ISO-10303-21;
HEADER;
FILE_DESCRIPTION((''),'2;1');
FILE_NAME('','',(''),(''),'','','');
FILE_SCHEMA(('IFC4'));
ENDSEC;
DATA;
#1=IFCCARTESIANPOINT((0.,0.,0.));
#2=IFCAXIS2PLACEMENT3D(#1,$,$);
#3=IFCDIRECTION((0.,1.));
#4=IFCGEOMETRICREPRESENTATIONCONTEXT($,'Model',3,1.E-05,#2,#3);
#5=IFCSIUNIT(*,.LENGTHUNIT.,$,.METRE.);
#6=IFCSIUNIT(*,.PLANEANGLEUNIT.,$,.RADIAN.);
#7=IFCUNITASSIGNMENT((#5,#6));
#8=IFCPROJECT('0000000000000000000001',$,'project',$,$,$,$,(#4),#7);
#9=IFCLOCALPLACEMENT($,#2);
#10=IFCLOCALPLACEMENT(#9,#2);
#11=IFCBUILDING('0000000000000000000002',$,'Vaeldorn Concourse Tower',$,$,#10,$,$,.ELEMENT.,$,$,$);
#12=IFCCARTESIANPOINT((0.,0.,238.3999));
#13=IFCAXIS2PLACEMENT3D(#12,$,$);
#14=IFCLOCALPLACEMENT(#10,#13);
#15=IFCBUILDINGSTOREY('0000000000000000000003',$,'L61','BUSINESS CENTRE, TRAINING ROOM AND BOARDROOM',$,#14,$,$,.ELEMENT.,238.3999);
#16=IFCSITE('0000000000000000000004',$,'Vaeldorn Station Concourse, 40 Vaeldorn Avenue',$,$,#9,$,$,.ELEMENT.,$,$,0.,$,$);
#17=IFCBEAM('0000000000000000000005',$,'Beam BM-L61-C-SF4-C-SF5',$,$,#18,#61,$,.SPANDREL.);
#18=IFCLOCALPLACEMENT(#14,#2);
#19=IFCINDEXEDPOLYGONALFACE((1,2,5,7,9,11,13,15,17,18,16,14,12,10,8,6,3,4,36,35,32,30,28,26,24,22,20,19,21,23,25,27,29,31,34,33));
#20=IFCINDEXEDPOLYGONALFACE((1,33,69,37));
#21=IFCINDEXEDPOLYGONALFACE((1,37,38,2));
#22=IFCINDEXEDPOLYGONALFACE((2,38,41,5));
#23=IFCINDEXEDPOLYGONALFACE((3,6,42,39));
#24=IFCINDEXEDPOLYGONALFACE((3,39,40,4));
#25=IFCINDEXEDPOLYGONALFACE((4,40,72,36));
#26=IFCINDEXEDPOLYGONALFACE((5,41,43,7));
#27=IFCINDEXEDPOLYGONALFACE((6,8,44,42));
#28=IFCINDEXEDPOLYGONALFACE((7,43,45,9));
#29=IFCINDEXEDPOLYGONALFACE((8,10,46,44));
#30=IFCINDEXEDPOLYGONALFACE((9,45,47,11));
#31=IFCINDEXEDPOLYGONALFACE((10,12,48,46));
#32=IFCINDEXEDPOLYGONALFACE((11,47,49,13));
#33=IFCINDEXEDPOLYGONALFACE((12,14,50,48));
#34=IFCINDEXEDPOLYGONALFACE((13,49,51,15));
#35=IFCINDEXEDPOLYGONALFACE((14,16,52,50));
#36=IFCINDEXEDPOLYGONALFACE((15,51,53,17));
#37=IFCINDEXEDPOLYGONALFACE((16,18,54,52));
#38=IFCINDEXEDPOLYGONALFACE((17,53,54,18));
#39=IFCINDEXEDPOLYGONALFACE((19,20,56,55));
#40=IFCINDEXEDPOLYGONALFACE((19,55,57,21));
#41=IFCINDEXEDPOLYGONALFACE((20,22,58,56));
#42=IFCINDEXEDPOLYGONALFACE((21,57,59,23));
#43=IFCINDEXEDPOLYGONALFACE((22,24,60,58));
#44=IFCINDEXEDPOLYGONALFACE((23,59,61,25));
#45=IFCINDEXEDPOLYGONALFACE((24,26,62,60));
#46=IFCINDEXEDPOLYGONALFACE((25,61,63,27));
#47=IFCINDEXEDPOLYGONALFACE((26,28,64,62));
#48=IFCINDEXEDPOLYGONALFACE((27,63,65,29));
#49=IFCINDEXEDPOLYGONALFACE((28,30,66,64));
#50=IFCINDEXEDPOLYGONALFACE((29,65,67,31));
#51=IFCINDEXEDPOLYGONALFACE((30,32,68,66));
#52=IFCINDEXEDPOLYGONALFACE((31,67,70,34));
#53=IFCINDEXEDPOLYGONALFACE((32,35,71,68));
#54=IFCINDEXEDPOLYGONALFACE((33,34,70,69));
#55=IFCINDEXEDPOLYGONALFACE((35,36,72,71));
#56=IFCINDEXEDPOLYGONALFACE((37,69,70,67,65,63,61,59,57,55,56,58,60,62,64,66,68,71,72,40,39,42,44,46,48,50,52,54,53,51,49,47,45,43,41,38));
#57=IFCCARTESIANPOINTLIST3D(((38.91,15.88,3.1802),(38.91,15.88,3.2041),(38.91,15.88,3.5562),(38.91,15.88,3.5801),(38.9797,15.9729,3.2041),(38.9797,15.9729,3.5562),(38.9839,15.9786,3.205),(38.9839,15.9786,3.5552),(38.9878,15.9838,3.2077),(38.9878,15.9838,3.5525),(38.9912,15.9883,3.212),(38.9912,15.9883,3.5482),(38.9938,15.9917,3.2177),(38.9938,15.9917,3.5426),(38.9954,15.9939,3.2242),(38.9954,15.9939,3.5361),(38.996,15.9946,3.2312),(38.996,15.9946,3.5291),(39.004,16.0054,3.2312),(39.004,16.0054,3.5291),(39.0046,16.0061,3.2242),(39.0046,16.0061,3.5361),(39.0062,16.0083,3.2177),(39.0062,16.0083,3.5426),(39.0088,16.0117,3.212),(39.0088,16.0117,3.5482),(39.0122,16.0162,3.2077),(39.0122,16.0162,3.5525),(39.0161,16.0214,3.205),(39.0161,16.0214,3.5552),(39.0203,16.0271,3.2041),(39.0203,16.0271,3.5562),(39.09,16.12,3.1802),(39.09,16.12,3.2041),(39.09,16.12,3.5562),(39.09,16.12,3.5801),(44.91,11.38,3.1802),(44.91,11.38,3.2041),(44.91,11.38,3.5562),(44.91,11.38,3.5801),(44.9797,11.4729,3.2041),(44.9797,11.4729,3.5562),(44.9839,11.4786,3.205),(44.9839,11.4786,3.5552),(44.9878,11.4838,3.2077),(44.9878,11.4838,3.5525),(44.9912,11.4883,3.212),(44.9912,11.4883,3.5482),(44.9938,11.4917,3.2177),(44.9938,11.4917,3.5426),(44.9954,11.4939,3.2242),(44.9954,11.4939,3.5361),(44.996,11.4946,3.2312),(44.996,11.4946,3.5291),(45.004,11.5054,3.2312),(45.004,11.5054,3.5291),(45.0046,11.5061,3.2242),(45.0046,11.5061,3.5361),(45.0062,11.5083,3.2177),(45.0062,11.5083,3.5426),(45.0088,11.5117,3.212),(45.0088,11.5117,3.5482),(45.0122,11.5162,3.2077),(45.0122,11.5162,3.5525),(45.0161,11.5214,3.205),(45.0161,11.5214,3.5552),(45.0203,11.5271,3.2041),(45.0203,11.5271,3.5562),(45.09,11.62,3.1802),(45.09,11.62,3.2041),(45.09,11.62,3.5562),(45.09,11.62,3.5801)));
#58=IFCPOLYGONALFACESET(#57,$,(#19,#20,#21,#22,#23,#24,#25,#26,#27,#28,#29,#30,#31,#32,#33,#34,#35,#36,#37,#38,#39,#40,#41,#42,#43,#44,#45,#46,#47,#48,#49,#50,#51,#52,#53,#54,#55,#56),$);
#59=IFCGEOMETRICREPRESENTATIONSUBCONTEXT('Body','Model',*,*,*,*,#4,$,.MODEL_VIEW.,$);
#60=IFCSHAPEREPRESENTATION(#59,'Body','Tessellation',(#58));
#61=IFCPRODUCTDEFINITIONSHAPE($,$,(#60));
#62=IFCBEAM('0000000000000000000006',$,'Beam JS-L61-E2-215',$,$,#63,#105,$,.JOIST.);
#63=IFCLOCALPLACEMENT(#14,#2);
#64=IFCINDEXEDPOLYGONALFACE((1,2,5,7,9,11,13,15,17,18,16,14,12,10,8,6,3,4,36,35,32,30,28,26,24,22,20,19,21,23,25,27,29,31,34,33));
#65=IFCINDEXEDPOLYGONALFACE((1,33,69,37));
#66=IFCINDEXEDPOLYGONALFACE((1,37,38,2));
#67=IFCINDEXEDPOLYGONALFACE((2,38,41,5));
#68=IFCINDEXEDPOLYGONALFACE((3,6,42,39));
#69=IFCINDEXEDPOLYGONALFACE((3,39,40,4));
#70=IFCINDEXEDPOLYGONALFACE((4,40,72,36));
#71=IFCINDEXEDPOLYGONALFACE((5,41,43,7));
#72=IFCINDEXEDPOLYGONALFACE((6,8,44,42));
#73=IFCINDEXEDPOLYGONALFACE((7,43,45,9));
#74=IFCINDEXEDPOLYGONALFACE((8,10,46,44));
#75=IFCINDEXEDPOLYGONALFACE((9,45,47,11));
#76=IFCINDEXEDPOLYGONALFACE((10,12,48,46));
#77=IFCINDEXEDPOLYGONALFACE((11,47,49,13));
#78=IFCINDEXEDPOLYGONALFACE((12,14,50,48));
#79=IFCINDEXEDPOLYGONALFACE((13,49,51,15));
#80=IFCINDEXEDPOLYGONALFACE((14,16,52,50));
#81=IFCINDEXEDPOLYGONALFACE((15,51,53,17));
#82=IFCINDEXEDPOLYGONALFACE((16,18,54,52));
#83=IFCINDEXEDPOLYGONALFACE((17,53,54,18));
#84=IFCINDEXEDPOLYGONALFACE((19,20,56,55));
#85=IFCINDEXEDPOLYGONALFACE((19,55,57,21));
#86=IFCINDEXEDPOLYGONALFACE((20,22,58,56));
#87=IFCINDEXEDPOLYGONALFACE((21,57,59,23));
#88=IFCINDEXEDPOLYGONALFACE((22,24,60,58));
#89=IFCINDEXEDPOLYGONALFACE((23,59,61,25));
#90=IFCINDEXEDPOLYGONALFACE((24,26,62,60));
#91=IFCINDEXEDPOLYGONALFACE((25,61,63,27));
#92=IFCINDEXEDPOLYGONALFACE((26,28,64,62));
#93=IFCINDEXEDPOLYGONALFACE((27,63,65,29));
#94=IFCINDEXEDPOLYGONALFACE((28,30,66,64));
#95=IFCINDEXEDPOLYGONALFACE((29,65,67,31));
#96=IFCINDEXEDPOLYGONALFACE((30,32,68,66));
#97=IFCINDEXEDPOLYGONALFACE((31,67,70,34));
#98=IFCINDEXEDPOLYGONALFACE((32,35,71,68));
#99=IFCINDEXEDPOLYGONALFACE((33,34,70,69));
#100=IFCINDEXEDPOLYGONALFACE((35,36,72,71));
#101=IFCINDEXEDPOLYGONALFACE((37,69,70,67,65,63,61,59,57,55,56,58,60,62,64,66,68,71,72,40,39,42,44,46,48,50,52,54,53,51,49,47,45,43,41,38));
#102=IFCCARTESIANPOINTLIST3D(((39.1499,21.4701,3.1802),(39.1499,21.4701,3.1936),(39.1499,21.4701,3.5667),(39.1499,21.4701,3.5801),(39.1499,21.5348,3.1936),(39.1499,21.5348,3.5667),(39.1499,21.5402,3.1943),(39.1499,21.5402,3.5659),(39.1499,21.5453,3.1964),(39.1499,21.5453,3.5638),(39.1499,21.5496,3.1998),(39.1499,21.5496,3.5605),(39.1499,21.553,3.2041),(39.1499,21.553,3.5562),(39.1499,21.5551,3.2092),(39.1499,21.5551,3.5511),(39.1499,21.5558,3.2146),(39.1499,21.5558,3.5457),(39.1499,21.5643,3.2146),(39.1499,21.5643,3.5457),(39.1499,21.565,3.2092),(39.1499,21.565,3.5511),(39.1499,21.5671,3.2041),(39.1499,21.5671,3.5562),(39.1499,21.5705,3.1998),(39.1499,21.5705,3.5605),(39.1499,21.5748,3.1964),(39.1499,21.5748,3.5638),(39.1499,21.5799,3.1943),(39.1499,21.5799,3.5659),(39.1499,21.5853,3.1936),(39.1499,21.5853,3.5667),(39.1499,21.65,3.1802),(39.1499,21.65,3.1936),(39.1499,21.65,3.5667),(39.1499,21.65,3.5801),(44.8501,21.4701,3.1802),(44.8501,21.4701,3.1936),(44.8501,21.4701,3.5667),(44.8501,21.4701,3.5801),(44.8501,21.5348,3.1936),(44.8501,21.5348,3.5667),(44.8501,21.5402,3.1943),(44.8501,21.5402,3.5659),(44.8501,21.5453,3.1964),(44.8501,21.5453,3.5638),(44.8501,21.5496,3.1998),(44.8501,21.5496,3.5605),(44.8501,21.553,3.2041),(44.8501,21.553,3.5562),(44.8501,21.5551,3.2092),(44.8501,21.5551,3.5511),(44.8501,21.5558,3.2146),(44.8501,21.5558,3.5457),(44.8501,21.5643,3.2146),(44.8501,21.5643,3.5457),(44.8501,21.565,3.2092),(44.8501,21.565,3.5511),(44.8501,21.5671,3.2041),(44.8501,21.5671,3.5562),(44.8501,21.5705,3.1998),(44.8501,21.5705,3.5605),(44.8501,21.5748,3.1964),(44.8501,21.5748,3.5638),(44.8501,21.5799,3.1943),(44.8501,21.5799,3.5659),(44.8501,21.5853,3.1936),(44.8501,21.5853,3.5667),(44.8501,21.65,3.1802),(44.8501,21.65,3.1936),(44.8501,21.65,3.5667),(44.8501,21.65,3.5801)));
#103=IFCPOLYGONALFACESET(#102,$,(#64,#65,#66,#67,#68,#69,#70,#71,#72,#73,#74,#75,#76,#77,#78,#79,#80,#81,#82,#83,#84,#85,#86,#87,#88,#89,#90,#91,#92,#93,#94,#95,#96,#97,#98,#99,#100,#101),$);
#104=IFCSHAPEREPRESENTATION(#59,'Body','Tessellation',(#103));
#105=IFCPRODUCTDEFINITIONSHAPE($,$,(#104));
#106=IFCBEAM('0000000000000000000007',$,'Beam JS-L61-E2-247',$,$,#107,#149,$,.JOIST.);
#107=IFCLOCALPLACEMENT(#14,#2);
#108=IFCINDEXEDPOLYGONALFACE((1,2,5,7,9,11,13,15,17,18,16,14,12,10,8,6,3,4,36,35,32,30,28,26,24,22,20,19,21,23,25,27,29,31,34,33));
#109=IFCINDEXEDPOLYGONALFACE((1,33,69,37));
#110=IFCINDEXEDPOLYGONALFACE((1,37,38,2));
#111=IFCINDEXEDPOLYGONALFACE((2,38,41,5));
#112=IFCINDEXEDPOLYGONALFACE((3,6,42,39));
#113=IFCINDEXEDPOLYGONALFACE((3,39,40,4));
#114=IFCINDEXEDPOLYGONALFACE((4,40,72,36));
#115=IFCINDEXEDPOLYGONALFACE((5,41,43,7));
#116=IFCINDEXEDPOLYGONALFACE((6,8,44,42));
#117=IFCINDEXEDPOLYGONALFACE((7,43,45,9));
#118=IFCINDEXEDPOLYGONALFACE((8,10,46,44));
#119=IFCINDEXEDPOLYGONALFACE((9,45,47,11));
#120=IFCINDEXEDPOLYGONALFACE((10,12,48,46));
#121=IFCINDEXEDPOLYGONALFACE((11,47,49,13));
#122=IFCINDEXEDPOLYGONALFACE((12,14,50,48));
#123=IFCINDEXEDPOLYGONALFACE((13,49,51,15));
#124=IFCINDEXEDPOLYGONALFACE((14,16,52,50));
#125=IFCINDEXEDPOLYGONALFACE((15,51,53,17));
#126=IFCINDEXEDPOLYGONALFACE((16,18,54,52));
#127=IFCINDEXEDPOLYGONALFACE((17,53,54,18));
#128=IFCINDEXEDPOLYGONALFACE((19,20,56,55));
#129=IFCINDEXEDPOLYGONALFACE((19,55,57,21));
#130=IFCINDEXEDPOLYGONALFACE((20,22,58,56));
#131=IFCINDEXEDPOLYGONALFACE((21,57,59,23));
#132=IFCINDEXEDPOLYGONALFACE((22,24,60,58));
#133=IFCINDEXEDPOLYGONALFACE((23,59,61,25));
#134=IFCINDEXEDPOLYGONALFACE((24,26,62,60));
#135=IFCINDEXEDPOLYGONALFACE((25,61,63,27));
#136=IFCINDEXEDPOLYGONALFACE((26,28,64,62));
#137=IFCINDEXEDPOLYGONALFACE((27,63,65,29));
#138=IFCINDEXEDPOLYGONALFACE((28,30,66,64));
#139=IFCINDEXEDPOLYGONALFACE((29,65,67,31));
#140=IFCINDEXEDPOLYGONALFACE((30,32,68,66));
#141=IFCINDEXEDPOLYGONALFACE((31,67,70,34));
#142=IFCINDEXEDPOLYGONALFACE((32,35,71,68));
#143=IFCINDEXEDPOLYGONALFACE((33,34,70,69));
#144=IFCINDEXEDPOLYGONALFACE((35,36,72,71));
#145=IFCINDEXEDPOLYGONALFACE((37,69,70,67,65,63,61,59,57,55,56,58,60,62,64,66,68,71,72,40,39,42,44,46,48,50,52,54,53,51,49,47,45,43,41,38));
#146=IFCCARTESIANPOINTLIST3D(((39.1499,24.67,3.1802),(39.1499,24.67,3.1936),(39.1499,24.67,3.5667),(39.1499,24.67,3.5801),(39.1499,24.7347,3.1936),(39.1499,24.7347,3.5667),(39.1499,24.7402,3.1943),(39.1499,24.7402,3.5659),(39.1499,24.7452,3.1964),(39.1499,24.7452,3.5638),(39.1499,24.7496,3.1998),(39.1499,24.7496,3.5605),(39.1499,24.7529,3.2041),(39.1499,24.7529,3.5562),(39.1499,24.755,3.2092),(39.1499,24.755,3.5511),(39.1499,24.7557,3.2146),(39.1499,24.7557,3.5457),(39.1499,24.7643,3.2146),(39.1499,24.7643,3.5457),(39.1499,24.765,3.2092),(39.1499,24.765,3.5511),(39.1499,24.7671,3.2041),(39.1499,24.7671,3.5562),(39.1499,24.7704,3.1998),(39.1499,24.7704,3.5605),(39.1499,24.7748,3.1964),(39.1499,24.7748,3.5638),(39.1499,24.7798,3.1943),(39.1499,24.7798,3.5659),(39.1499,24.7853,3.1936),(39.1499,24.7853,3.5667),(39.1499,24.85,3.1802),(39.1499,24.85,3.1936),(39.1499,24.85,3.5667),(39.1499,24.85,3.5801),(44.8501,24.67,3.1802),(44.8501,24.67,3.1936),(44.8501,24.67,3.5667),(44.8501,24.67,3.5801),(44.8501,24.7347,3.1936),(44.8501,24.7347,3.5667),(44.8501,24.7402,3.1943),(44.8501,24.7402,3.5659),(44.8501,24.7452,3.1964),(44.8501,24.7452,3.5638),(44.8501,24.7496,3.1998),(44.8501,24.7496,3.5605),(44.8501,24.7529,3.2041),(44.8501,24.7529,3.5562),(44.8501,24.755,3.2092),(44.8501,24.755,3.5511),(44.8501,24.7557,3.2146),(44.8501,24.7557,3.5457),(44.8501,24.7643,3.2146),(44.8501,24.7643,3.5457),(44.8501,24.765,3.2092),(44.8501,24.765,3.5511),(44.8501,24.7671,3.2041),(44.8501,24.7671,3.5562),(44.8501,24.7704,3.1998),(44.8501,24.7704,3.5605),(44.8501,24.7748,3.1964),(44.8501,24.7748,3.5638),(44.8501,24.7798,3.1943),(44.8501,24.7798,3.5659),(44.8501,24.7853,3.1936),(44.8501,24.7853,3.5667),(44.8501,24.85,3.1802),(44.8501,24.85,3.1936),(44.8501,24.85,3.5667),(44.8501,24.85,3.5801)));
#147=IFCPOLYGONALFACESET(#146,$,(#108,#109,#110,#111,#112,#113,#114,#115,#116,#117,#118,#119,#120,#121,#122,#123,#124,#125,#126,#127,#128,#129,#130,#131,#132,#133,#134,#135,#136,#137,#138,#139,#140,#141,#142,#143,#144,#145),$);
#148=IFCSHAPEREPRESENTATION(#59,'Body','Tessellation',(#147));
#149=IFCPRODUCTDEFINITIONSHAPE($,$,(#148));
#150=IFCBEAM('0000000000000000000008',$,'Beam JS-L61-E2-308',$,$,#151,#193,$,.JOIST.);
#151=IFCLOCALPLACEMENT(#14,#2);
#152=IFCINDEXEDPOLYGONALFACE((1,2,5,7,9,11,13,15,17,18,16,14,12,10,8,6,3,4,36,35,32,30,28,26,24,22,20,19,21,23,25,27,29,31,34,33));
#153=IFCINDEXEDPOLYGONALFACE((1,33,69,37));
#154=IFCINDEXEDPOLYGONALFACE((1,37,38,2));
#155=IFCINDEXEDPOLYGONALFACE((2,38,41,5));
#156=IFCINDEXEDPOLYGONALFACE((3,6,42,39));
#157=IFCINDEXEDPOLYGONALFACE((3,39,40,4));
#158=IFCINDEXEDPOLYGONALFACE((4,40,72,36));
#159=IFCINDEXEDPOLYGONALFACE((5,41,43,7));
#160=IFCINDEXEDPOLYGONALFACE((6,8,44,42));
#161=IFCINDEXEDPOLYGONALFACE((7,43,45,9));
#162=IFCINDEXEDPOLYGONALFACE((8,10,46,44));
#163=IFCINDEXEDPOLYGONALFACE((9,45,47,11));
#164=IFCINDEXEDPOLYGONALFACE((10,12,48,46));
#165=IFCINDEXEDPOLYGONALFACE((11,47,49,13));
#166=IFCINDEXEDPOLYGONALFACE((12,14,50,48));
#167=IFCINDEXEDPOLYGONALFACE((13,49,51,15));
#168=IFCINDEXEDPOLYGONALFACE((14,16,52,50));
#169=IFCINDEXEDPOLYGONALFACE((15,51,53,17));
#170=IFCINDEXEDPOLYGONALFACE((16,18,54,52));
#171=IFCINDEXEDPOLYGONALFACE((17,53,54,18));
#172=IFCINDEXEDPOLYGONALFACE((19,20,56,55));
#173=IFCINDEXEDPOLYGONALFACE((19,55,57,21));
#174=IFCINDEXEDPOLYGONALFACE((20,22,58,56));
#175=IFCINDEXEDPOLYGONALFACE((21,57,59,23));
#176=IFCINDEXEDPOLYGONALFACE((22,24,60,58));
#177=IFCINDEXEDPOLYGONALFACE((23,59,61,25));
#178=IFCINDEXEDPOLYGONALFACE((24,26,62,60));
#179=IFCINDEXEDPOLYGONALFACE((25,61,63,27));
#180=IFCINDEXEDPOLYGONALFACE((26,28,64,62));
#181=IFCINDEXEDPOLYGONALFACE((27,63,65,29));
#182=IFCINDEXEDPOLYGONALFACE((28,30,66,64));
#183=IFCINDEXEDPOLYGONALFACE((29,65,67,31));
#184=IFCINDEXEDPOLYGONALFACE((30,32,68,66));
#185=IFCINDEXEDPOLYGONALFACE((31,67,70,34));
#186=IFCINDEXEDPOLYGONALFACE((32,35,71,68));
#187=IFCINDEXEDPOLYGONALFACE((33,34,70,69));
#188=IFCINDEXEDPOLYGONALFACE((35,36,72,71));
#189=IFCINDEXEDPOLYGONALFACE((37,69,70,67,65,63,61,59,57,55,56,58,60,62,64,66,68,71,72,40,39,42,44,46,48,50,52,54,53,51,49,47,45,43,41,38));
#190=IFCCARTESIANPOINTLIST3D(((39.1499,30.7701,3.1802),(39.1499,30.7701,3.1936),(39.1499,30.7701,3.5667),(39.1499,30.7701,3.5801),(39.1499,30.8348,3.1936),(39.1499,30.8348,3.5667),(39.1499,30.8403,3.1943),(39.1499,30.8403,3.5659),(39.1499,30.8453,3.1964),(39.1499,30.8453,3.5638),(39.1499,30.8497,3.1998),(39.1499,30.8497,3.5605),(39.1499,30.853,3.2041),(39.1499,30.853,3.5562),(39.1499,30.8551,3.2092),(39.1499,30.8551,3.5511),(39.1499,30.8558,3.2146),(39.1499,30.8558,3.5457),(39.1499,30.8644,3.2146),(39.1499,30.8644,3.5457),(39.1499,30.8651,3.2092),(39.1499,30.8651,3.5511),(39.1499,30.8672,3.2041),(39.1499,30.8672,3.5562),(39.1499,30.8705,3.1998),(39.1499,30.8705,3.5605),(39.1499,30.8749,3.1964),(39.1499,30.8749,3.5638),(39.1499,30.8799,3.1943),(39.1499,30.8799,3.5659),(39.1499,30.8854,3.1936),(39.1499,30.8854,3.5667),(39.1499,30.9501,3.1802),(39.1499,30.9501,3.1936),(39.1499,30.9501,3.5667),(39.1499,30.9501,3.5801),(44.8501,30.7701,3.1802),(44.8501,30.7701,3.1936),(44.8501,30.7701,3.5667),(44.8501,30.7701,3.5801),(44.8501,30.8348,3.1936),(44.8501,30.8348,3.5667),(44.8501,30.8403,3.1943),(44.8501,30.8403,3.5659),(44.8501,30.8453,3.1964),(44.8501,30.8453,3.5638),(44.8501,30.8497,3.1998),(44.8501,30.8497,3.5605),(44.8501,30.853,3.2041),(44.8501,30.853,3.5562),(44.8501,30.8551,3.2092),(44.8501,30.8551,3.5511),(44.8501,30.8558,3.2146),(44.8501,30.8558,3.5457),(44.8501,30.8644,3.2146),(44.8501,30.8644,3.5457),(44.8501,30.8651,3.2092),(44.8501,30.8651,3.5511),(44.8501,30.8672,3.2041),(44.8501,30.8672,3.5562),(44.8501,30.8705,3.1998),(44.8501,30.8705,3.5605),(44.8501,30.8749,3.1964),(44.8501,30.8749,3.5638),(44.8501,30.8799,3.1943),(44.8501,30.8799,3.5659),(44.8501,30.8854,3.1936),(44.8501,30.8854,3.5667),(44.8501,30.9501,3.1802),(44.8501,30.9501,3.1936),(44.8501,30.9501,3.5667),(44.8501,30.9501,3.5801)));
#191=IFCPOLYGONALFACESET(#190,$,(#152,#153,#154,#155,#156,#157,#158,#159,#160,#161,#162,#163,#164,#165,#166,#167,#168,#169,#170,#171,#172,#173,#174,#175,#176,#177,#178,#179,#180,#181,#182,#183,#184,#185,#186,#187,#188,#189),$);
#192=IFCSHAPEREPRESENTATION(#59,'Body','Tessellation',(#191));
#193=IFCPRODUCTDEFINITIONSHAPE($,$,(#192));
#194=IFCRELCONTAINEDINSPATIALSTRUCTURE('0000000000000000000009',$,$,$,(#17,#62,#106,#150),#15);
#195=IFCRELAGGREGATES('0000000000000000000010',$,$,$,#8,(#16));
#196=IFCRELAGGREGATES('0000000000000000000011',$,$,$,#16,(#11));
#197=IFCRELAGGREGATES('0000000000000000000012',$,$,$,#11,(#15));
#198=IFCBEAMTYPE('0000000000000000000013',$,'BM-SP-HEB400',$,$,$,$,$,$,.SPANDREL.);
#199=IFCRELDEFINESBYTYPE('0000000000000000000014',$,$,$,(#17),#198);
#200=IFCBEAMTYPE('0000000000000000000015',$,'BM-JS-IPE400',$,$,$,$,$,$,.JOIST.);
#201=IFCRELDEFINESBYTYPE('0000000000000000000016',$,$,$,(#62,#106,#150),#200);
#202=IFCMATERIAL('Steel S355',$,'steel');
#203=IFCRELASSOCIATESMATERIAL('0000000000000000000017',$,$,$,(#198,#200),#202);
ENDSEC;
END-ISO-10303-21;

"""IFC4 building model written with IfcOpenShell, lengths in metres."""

from ifc_helpers import new_model, si_unit, direction, frame, origin, origin_2d, place, context, subcontext, project, spatial, i_section, extrude, source, transform, mapped, material, material_profile, profile_set, type_object, element, save


model = new_model("IFC4")

# Units and contexts
model_context = context("Model", 3, precision=1e-05, world=origin(), true_north=direction((0.0, 1.0)))
body_context = subcontext(model_context, "Body", "Model", "MODEL_VIEW")
ifc_project = project(units=[si_unit("LENGTHUNIT", "METRE"), si_unit("PLANEANGLEUNIT", "RADIAN")], contexts=[model_context])

# Site, building, storey
site_placement = place(None, origin())
site = spatial("IfcSite", under=ifc_project, at=site_placement, Name="Vaeldorn Station Concourse, 40 Vaeldorn Avenue", CompositionType="ELEMENT", RefElevation=0.0)
building_placement = place(site_placement, origin())
building = spatial("IfcBuilding", under=site, at=building_placement, Name="Vaeldorn Concourse Tower", CompositionType="ELEMENT")
storey_placement = place(building_placement, frame((0.0, 0.0, 238.3999)))
storey = spatial("IfcBuildingStorey", under=building, at=storey_placement, Name="L61", Description="BUSINESS CENTRE, TRAINING ROOM AND BOARDROOM", CompositionType="ELEMENT", Elevation=238.3999)

# Shared definitions
ifc_material_1 = material(Name="Steel S355", Category="steel")

# Beams
ifc_material_profile_1 = material_profile(ifc_material_1, i_section(OverallWidth=0.3, OverallDepth=0.3999, WebThickness=0.0134, FlangeThickness=0.0239, FilletRadius=0.0271, at=origin_2d()), Name="HEB 400")
ifc_profile_set_1 = profile_set([ifc_material_profile_1], Name="Steel S355")
beam_type_1 = type_object("IfcBeamType", Name="BM-SP-HEB400", PredefinedType="SPANDREL", material=ifc_profile_set_1)
shared_shape_1 = source(origin(), body_context, "Body", "SweptSolid", [
    extrude(i_section(OverallWidth=0.3, OverallDepth=0.3999, WebThickness=0.0134, FlangeThickness=0.0239, FilletRadius=0.0271, at=origin_2d()), origin(), (0.0, 0.0, 1.0), 7.5),
])
beam_1_placement = place(storey_placement, frame((39.0, 16.0, 3.3801), z_axis=(0.8, -0.6, 0.0), x_axis=(0.6, 0.8, 0.0)))
element("IfcBeam", 1, at=beam_1_placement, inside=storey, type_object=beam_type_1, Name="Beam BM-L61-C-SF4-C-SF5", PredefinedType="SPANDREL", context=body_context, shape_type="MappedRepresentation", body=[
    mapped(shared_shape_1, transform((0.0, 0.0, 0.0), scale=1.0)),
])
ifc_material_profile_2 = material_profile(ifc_material_1, i_section(OverallWidth=0.1799, OverallDepth=0.3999, WebThickness=0.0085, FlangeThickness=0.0134, FilletRadius=0.021, at=origin_2d()), Name="IPE 400")
ifc_profile_set_2 = profile_set([ifc_material_profile_2], Name="Steel S355")
beam_type_2 = type_object("IfcBeamType", Name="BM-JS-IPE400", PredefinedType="JOIST", material=ifc_profile_set_2)
shared_shape_2 = source(origin(), body_context, "Body", "SweptSolid", [
    extrude(i_section(OverallWidth=0.1799, OverallDepth=0.3999, WebThickness=0.0085, FlangeThickness=0.0134, FilletRadius=0.021, at=origin_2d()), origin(), (0.0, 0.0, 1.0), 5.7002),
])
for number, where, z_axis, x_axis, name in (
    (2, (39.1499, 21.5601, 3.3801), (1.0, 0.0, 0.0), (0.0, 1.0, 0.0), "Beam JS-L61-E2-215"),
    (3, (39.1499, 24.76, 3.3801), (1.0, 0.0, 0.0), (0.0, 1.0, 0.0), "Beam JS-L61-E2-247"),
    (4, (39.1499, 30.8601, 3.3801), (1.0, 0.0, 0.0), (0.0, 1.0, 0.0), "Beam JS-L61-E2-308"),
):
    element("IfcBeam", number, at=place(storey_placement, frame(where, z_axis=z_axis, x_axis=x_axis)), inside=storey, type_object=beam_type_2, Name=name, PredefinedType="JOIST", context=body_context, shape_type="MappedRepresentation", body=[
        mapped(shared_shape_2, transform((0.0, 0.0, 0.0), scale=1.0)),
    ])

save(model, "model.ifc")
